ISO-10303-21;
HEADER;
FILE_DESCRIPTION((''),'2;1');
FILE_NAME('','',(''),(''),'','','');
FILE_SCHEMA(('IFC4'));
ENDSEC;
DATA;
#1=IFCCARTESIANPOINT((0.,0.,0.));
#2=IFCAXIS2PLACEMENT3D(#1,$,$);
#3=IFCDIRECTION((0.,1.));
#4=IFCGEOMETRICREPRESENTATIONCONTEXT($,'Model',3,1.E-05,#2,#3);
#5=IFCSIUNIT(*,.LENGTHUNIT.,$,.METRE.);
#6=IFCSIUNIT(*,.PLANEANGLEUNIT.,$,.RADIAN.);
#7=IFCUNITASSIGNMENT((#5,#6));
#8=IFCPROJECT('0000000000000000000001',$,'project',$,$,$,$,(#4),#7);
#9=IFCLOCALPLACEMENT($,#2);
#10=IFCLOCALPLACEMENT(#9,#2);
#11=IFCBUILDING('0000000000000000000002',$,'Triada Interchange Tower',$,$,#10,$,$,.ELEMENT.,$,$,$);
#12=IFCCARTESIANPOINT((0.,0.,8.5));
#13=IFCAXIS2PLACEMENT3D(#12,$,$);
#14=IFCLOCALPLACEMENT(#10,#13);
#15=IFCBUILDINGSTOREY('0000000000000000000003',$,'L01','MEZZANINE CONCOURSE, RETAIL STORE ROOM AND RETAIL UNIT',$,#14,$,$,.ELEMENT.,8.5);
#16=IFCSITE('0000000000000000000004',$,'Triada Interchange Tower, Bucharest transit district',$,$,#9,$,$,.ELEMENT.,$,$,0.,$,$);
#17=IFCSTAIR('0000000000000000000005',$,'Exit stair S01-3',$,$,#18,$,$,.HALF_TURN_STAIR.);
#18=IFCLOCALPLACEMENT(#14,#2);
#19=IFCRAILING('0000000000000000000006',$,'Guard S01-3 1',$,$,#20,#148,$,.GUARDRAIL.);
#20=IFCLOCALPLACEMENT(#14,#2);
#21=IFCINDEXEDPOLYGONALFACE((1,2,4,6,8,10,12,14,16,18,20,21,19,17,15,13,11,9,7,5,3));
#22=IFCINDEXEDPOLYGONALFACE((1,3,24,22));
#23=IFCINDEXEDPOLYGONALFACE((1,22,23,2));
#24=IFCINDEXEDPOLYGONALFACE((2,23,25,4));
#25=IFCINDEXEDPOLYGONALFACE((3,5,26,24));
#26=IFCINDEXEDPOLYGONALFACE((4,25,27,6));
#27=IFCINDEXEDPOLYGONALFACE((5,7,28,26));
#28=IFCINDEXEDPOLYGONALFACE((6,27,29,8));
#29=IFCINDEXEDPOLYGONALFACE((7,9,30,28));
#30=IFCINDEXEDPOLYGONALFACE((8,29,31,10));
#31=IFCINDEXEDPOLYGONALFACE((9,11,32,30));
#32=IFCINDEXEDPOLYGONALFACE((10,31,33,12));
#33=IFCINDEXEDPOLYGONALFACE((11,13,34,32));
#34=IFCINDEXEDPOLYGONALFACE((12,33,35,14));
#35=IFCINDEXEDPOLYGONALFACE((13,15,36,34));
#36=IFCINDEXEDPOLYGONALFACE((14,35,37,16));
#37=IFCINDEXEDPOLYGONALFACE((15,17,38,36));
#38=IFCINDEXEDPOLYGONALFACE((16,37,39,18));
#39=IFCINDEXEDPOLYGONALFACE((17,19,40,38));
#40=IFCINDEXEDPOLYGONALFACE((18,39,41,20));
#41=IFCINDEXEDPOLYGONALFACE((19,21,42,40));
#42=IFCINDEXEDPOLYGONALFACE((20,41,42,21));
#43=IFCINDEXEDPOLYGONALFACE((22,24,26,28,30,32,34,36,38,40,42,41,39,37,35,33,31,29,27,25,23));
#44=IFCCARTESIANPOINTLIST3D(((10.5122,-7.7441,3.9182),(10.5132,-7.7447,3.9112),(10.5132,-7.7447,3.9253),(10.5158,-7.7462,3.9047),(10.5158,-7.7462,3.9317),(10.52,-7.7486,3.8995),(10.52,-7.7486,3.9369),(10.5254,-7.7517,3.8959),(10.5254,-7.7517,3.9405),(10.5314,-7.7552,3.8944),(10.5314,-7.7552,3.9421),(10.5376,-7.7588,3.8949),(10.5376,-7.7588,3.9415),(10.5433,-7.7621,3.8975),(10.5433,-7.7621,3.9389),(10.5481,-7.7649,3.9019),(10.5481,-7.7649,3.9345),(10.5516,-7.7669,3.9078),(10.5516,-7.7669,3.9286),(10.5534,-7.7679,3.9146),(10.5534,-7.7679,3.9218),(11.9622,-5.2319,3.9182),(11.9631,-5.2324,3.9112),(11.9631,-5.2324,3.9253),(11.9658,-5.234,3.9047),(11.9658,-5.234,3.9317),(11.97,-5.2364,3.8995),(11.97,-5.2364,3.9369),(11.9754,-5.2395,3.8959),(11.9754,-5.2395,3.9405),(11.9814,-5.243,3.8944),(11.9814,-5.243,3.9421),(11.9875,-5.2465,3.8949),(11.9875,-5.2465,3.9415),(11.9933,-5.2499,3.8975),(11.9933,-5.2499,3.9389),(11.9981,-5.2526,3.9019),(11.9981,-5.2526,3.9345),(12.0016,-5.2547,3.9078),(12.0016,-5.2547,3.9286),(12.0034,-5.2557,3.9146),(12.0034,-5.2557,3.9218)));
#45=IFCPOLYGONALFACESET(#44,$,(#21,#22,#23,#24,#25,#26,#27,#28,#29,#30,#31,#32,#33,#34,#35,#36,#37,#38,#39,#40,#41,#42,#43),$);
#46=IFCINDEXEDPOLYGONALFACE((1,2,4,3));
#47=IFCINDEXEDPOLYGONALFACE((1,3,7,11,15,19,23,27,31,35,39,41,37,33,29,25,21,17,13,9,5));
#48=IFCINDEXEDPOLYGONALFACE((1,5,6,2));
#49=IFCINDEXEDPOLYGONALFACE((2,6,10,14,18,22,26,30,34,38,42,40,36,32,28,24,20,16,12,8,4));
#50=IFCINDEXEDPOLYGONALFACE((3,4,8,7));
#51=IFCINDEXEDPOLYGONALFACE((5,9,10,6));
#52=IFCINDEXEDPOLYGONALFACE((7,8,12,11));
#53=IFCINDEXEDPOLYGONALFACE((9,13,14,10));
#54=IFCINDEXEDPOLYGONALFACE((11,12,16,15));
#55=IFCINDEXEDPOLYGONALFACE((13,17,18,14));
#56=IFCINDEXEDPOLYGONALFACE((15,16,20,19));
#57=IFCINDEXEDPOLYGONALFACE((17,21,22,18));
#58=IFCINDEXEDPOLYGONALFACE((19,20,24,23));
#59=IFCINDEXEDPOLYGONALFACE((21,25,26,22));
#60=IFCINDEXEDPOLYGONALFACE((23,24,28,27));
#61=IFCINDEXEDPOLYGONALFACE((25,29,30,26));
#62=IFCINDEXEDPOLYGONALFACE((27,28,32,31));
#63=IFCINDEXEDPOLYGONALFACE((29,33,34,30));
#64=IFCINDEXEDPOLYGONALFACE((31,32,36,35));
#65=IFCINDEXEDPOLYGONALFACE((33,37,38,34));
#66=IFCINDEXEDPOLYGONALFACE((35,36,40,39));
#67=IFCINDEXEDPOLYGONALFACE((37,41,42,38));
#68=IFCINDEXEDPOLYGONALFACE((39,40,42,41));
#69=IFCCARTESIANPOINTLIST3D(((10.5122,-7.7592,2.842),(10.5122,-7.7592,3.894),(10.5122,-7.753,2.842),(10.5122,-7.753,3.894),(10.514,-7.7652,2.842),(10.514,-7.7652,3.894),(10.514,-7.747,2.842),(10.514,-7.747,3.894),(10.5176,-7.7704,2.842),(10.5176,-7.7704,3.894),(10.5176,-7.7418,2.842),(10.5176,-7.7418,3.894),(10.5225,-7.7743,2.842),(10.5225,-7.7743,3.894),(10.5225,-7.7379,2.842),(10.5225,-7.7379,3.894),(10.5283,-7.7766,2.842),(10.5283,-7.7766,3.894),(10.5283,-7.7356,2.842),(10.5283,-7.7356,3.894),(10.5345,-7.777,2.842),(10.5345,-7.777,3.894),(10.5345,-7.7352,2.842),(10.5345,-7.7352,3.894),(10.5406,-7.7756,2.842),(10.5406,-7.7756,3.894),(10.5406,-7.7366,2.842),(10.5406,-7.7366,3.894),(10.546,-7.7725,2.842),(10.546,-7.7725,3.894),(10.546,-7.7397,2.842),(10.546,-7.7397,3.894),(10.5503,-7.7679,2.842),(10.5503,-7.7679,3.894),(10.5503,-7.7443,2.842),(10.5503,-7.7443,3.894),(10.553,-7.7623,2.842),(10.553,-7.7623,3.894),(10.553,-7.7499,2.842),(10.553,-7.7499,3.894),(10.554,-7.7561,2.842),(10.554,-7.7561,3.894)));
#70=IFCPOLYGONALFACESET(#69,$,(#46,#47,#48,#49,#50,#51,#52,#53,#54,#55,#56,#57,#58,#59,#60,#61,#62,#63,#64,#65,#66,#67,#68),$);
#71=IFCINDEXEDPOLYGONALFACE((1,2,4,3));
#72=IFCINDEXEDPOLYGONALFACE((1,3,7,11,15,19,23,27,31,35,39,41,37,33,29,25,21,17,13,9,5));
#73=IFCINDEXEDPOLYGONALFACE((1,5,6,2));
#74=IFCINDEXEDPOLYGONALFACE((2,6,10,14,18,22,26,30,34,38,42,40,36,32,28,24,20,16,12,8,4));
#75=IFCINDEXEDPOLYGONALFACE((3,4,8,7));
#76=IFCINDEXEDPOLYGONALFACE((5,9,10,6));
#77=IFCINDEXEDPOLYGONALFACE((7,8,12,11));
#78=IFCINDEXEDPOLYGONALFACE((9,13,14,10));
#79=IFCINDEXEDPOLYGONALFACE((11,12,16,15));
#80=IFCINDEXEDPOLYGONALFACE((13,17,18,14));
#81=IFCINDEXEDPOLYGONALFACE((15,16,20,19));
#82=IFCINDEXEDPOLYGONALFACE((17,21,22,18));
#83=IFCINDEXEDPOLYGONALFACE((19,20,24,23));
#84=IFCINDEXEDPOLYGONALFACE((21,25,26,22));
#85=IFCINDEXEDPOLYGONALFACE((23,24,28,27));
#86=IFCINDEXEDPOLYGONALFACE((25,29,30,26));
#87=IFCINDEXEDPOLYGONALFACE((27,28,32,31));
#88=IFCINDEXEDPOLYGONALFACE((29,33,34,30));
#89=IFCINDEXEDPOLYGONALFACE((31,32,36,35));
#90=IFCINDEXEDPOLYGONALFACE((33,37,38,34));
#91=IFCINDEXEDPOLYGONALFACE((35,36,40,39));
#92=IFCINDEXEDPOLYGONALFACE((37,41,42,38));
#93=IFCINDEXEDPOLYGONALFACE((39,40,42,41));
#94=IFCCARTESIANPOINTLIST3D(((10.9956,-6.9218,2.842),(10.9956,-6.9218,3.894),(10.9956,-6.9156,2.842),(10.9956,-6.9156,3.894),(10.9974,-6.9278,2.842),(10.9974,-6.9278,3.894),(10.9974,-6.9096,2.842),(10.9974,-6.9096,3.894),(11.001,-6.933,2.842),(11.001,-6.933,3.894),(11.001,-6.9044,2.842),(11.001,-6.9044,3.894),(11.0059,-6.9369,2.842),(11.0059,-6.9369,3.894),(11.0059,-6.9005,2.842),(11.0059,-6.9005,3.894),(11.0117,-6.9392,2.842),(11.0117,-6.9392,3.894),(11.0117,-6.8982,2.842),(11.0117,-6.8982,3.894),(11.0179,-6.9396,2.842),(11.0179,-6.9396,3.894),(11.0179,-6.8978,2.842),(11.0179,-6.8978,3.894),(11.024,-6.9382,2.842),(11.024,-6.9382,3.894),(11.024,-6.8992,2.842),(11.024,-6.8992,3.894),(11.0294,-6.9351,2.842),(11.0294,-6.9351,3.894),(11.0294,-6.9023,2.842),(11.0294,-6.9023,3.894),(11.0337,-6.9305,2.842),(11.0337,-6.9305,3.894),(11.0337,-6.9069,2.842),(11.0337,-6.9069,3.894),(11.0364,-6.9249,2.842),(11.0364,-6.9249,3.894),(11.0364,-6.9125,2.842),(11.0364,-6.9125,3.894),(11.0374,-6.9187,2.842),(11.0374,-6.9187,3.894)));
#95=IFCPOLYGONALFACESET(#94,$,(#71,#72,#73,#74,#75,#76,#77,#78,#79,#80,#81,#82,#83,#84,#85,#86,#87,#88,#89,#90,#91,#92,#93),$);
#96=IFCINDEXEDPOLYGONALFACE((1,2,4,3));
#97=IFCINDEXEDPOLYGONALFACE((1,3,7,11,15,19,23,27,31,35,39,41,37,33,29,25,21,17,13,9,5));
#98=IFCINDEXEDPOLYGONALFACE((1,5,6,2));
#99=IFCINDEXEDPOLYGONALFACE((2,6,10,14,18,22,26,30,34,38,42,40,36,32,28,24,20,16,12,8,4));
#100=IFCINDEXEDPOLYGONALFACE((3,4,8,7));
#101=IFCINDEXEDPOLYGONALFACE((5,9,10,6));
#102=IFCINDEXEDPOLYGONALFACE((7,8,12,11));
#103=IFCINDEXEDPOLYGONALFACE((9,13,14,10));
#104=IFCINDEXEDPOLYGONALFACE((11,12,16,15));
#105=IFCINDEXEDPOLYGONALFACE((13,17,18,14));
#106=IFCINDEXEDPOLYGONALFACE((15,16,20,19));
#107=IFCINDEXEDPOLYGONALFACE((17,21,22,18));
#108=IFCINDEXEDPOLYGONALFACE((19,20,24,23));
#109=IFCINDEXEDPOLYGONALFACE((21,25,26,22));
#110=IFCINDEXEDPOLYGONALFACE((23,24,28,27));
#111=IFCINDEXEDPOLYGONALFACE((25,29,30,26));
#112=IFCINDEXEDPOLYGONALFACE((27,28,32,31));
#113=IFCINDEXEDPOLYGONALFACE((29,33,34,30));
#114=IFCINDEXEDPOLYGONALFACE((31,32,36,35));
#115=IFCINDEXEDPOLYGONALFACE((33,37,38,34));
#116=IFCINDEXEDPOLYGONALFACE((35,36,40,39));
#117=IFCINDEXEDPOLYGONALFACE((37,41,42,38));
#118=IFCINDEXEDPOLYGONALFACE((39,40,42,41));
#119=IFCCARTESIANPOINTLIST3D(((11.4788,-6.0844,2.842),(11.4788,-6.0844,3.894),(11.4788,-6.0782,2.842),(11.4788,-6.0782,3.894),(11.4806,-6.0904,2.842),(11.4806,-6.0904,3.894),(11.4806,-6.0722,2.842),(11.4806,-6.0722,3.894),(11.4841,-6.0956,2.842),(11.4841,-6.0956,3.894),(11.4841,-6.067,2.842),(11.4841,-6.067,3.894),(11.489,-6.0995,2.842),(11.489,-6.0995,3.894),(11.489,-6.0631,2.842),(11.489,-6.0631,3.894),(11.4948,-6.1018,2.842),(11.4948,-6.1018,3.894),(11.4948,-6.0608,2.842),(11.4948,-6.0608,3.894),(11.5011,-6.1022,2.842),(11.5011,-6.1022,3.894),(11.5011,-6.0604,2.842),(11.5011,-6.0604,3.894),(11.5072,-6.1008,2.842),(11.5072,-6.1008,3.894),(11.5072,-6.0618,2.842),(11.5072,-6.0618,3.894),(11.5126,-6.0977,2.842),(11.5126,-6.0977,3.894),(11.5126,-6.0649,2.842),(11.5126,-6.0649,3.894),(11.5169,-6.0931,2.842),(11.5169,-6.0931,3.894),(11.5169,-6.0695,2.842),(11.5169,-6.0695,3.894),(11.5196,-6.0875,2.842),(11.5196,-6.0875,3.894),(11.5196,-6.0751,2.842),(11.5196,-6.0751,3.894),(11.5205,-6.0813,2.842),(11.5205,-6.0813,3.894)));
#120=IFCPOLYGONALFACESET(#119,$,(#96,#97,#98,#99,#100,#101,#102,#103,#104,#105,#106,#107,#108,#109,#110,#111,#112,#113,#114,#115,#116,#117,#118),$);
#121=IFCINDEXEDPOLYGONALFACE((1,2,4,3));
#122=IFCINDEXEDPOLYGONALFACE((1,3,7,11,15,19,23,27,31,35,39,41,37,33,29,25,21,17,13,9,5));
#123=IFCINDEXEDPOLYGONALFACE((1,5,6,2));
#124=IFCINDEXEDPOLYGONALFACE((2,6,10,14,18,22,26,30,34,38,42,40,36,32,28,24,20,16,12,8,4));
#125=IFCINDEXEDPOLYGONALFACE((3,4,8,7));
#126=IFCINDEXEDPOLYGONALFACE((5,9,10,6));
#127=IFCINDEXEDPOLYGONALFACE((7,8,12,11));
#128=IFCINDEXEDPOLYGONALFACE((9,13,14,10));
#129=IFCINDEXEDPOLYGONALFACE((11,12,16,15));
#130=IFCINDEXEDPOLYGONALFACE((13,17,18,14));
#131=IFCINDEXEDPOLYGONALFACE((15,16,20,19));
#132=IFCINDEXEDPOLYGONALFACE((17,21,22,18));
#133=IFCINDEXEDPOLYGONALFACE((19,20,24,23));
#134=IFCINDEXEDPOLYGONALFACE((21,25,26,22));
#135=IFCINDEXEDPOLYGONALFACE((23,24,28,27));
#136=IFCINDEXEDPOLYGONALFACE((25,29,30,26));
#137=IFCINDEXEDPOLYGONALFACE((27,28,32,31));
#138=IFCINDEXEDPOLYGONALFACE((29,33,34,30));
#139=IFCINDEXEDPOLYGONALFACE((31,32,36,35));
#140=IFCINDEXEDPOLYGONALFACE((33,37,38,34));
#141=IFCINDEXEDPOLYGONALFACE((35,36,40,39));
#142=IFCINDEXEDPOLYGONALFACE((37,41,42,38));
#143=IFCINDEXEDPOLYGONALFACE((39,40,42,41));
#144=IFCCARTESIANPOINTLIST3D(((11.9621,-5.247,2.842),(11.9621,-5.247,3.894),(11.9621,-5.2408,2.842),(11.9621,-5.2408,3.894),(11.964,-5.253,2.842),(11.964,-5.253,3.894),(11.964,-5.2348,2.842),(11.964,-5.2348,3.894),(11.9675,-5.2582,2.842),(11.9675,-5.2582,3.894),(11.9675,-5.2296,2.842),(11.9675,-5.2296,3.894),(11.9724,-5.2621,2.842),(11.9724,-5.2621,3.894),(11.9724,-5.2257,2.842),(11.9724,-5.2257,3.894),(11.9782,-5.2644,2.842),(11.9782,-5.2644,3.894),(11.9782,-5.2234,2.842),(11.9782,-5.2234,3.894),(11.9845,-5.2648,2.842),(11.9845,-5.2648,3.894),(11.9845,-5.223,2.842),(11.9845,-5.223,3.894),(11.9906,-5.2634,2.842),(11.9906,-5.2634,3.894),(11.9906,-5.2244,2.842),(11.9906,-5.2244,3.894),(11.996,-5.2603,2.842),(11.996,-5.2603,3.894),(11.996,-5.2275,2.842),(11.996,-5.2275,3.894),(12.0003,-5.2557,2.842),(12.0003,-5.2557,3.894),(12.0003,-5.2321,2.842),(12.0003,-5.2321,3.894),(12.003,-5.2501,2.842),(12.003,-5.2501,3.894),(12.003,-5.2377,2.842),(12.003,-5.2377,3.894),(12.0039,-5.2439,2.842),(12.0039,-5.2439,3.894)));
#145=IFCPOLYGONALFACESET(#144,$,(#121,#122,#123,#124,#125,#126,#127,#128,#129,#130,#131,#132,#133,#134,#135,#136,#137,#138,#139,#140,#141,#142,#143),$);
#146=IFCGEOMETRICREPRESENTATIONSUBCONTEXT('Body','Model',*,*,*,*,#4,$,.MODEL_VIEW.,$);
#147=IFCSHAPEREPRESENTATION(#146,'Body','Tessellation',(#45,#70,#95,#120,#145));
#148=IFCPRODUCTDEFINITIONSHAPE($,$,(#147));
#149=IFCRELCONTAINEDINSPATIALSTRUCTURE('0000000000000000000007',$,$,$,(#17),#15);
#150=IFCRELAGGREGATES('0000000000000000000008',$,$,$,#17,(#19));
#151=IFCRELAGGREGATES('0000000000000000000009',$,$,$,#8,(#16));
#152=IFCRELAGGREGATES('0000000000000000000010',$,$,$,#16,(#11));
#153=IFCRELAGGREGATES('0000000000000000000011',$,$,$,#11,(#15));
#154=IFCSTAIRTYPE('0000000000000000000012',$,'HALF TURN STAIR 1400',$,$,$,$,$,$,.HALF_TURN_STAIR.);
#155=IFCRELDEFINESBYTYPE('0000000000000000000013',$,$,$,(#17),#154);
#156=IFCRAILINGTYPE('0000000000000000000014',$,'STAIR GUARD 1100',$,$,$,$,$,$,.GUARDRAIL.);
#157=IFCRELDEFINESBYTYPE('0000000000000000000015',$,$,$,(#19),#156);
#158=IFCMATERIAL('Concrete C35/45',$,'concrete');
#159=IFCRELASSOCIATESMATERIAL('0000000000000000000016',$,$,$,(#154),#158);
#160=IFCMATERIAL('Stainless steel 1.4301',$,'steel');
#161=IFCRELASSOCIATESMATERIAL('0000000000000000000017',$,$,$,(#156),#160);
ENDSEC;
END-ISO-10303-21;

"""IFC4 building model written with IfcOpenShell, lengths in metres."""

from ifc_helpers import new_model, si_unit, direction, frame, origin, origin_2d, place, context, subcontext, project, spatial, circle, extrude, material, type_object, element, aggregate, save


model = new_model("IFC4")

# Units and contexts
model_context = context("Model", 3, precision=1e-05, world=origin(), true_north=direction((0.0, 1.0)))
body_context = subcontext(model_context, "Body", "Model", "MODEL_VIEW")
ifc_project = project(units=[si_unit("LENGTHUNIT", "METRE"), si_unit("PLANEANGLEUNIT", "RADIAN")], contexts=[model_context])

# Site, building, storey
site_placement = place(None, origin())
site = spatial("IfcSite", under=ifc_project, at=site_placement, Name="Triada Interchange Tower, Bucharest transit district", CompositionType="ELEMENT", RefElevation=0.0)
building_placement = place(site_placement, origin())
building = spatial("IfcBuilding", under=site, at=building_placement, Name="Triada Interchange Tower", CompositionType="ELEMENT")
storey_placement = place(building_placement, frame((0.0, 0.0, 8.5)))
storey = spatial("IfcBuildingStorey", under=building, at=storey_placement, Name="L01", Description="MEZZANINE CONCOURSE, RETAIL STORE ROOM AND RETAIL UNIT", CompositionType="ELEMENT", Elevation=8.5)

# Shared definitions
ifc_material_1 = material(Name="Concrete C35/45", Category="concrete")

# Stair
stair_type = type_object("IfcStairType", Name="HALF TURN STAIR 1400", PredefinedType="HALF_TURN_STAIR", material=ifc_material_1)
stair_1_placement = place(storey_placement, origin())
stair_1 = element("IfcStair", 1, at=stair_1_placement, inside=storey, type_object=stair_type, Name="Exit stair S01-3", PredefinedType="HALF_TURN_STAIR")

# Railing
ifc_material_2 = material(Name="Stainless steel 1.4301", Category="steel")
railing_type_1 = type_object("IfcRailingType", Name="STAIR GUARD 1100", PredefinedType="GUARDRAIL", material=ifc_material_2)
railing_1_placement = place(storey_placement, frame((10.533, -7.7561, 2.842)))
railing_1 = element("IfcRailing", 2, at=railing_1_placement, type_object=railing_type_1, Name="Guard S01-3 1", PredefinedType="GUARDRAIL", context=body_context, shape_type="SweptSolid", body=[
    extrude(circle(Radius=0.0239, at=origin_2d()), frame((0.0, 0.0, 1.0762), z_axis=(0.499878, 0.866096, 0.0), x_axis=(-0.866096, 0.499878, 0.0)), (0.0, 0.0, 1.0), 2.9006),
    extrude(circle(Radius=0.021, at=origin_2d()), origin(), (0.0, 0.0, 1.0), 1.052),
    extrude(circle(Radius=0.021, at=origin_2d()), frame((0.4834, 0.8374, 0.0)), (0.0, 0.0, 1.0), 1.052),
    extrude(circle(Radius=0.021, at=origin_2d()), frame((0.9666, 1.6748, 0.0)), (0.0, 0.0, 1.0), 1.052),
    extrude(circle(Radius=0.021, at=origin_2d()), frame((1.45, 2.5122, 0.0)), (0.0, 0.0, 1.0), 1.052),
])
aggregate(stair_1, [railing_1])

save(model, "model.ifc")
